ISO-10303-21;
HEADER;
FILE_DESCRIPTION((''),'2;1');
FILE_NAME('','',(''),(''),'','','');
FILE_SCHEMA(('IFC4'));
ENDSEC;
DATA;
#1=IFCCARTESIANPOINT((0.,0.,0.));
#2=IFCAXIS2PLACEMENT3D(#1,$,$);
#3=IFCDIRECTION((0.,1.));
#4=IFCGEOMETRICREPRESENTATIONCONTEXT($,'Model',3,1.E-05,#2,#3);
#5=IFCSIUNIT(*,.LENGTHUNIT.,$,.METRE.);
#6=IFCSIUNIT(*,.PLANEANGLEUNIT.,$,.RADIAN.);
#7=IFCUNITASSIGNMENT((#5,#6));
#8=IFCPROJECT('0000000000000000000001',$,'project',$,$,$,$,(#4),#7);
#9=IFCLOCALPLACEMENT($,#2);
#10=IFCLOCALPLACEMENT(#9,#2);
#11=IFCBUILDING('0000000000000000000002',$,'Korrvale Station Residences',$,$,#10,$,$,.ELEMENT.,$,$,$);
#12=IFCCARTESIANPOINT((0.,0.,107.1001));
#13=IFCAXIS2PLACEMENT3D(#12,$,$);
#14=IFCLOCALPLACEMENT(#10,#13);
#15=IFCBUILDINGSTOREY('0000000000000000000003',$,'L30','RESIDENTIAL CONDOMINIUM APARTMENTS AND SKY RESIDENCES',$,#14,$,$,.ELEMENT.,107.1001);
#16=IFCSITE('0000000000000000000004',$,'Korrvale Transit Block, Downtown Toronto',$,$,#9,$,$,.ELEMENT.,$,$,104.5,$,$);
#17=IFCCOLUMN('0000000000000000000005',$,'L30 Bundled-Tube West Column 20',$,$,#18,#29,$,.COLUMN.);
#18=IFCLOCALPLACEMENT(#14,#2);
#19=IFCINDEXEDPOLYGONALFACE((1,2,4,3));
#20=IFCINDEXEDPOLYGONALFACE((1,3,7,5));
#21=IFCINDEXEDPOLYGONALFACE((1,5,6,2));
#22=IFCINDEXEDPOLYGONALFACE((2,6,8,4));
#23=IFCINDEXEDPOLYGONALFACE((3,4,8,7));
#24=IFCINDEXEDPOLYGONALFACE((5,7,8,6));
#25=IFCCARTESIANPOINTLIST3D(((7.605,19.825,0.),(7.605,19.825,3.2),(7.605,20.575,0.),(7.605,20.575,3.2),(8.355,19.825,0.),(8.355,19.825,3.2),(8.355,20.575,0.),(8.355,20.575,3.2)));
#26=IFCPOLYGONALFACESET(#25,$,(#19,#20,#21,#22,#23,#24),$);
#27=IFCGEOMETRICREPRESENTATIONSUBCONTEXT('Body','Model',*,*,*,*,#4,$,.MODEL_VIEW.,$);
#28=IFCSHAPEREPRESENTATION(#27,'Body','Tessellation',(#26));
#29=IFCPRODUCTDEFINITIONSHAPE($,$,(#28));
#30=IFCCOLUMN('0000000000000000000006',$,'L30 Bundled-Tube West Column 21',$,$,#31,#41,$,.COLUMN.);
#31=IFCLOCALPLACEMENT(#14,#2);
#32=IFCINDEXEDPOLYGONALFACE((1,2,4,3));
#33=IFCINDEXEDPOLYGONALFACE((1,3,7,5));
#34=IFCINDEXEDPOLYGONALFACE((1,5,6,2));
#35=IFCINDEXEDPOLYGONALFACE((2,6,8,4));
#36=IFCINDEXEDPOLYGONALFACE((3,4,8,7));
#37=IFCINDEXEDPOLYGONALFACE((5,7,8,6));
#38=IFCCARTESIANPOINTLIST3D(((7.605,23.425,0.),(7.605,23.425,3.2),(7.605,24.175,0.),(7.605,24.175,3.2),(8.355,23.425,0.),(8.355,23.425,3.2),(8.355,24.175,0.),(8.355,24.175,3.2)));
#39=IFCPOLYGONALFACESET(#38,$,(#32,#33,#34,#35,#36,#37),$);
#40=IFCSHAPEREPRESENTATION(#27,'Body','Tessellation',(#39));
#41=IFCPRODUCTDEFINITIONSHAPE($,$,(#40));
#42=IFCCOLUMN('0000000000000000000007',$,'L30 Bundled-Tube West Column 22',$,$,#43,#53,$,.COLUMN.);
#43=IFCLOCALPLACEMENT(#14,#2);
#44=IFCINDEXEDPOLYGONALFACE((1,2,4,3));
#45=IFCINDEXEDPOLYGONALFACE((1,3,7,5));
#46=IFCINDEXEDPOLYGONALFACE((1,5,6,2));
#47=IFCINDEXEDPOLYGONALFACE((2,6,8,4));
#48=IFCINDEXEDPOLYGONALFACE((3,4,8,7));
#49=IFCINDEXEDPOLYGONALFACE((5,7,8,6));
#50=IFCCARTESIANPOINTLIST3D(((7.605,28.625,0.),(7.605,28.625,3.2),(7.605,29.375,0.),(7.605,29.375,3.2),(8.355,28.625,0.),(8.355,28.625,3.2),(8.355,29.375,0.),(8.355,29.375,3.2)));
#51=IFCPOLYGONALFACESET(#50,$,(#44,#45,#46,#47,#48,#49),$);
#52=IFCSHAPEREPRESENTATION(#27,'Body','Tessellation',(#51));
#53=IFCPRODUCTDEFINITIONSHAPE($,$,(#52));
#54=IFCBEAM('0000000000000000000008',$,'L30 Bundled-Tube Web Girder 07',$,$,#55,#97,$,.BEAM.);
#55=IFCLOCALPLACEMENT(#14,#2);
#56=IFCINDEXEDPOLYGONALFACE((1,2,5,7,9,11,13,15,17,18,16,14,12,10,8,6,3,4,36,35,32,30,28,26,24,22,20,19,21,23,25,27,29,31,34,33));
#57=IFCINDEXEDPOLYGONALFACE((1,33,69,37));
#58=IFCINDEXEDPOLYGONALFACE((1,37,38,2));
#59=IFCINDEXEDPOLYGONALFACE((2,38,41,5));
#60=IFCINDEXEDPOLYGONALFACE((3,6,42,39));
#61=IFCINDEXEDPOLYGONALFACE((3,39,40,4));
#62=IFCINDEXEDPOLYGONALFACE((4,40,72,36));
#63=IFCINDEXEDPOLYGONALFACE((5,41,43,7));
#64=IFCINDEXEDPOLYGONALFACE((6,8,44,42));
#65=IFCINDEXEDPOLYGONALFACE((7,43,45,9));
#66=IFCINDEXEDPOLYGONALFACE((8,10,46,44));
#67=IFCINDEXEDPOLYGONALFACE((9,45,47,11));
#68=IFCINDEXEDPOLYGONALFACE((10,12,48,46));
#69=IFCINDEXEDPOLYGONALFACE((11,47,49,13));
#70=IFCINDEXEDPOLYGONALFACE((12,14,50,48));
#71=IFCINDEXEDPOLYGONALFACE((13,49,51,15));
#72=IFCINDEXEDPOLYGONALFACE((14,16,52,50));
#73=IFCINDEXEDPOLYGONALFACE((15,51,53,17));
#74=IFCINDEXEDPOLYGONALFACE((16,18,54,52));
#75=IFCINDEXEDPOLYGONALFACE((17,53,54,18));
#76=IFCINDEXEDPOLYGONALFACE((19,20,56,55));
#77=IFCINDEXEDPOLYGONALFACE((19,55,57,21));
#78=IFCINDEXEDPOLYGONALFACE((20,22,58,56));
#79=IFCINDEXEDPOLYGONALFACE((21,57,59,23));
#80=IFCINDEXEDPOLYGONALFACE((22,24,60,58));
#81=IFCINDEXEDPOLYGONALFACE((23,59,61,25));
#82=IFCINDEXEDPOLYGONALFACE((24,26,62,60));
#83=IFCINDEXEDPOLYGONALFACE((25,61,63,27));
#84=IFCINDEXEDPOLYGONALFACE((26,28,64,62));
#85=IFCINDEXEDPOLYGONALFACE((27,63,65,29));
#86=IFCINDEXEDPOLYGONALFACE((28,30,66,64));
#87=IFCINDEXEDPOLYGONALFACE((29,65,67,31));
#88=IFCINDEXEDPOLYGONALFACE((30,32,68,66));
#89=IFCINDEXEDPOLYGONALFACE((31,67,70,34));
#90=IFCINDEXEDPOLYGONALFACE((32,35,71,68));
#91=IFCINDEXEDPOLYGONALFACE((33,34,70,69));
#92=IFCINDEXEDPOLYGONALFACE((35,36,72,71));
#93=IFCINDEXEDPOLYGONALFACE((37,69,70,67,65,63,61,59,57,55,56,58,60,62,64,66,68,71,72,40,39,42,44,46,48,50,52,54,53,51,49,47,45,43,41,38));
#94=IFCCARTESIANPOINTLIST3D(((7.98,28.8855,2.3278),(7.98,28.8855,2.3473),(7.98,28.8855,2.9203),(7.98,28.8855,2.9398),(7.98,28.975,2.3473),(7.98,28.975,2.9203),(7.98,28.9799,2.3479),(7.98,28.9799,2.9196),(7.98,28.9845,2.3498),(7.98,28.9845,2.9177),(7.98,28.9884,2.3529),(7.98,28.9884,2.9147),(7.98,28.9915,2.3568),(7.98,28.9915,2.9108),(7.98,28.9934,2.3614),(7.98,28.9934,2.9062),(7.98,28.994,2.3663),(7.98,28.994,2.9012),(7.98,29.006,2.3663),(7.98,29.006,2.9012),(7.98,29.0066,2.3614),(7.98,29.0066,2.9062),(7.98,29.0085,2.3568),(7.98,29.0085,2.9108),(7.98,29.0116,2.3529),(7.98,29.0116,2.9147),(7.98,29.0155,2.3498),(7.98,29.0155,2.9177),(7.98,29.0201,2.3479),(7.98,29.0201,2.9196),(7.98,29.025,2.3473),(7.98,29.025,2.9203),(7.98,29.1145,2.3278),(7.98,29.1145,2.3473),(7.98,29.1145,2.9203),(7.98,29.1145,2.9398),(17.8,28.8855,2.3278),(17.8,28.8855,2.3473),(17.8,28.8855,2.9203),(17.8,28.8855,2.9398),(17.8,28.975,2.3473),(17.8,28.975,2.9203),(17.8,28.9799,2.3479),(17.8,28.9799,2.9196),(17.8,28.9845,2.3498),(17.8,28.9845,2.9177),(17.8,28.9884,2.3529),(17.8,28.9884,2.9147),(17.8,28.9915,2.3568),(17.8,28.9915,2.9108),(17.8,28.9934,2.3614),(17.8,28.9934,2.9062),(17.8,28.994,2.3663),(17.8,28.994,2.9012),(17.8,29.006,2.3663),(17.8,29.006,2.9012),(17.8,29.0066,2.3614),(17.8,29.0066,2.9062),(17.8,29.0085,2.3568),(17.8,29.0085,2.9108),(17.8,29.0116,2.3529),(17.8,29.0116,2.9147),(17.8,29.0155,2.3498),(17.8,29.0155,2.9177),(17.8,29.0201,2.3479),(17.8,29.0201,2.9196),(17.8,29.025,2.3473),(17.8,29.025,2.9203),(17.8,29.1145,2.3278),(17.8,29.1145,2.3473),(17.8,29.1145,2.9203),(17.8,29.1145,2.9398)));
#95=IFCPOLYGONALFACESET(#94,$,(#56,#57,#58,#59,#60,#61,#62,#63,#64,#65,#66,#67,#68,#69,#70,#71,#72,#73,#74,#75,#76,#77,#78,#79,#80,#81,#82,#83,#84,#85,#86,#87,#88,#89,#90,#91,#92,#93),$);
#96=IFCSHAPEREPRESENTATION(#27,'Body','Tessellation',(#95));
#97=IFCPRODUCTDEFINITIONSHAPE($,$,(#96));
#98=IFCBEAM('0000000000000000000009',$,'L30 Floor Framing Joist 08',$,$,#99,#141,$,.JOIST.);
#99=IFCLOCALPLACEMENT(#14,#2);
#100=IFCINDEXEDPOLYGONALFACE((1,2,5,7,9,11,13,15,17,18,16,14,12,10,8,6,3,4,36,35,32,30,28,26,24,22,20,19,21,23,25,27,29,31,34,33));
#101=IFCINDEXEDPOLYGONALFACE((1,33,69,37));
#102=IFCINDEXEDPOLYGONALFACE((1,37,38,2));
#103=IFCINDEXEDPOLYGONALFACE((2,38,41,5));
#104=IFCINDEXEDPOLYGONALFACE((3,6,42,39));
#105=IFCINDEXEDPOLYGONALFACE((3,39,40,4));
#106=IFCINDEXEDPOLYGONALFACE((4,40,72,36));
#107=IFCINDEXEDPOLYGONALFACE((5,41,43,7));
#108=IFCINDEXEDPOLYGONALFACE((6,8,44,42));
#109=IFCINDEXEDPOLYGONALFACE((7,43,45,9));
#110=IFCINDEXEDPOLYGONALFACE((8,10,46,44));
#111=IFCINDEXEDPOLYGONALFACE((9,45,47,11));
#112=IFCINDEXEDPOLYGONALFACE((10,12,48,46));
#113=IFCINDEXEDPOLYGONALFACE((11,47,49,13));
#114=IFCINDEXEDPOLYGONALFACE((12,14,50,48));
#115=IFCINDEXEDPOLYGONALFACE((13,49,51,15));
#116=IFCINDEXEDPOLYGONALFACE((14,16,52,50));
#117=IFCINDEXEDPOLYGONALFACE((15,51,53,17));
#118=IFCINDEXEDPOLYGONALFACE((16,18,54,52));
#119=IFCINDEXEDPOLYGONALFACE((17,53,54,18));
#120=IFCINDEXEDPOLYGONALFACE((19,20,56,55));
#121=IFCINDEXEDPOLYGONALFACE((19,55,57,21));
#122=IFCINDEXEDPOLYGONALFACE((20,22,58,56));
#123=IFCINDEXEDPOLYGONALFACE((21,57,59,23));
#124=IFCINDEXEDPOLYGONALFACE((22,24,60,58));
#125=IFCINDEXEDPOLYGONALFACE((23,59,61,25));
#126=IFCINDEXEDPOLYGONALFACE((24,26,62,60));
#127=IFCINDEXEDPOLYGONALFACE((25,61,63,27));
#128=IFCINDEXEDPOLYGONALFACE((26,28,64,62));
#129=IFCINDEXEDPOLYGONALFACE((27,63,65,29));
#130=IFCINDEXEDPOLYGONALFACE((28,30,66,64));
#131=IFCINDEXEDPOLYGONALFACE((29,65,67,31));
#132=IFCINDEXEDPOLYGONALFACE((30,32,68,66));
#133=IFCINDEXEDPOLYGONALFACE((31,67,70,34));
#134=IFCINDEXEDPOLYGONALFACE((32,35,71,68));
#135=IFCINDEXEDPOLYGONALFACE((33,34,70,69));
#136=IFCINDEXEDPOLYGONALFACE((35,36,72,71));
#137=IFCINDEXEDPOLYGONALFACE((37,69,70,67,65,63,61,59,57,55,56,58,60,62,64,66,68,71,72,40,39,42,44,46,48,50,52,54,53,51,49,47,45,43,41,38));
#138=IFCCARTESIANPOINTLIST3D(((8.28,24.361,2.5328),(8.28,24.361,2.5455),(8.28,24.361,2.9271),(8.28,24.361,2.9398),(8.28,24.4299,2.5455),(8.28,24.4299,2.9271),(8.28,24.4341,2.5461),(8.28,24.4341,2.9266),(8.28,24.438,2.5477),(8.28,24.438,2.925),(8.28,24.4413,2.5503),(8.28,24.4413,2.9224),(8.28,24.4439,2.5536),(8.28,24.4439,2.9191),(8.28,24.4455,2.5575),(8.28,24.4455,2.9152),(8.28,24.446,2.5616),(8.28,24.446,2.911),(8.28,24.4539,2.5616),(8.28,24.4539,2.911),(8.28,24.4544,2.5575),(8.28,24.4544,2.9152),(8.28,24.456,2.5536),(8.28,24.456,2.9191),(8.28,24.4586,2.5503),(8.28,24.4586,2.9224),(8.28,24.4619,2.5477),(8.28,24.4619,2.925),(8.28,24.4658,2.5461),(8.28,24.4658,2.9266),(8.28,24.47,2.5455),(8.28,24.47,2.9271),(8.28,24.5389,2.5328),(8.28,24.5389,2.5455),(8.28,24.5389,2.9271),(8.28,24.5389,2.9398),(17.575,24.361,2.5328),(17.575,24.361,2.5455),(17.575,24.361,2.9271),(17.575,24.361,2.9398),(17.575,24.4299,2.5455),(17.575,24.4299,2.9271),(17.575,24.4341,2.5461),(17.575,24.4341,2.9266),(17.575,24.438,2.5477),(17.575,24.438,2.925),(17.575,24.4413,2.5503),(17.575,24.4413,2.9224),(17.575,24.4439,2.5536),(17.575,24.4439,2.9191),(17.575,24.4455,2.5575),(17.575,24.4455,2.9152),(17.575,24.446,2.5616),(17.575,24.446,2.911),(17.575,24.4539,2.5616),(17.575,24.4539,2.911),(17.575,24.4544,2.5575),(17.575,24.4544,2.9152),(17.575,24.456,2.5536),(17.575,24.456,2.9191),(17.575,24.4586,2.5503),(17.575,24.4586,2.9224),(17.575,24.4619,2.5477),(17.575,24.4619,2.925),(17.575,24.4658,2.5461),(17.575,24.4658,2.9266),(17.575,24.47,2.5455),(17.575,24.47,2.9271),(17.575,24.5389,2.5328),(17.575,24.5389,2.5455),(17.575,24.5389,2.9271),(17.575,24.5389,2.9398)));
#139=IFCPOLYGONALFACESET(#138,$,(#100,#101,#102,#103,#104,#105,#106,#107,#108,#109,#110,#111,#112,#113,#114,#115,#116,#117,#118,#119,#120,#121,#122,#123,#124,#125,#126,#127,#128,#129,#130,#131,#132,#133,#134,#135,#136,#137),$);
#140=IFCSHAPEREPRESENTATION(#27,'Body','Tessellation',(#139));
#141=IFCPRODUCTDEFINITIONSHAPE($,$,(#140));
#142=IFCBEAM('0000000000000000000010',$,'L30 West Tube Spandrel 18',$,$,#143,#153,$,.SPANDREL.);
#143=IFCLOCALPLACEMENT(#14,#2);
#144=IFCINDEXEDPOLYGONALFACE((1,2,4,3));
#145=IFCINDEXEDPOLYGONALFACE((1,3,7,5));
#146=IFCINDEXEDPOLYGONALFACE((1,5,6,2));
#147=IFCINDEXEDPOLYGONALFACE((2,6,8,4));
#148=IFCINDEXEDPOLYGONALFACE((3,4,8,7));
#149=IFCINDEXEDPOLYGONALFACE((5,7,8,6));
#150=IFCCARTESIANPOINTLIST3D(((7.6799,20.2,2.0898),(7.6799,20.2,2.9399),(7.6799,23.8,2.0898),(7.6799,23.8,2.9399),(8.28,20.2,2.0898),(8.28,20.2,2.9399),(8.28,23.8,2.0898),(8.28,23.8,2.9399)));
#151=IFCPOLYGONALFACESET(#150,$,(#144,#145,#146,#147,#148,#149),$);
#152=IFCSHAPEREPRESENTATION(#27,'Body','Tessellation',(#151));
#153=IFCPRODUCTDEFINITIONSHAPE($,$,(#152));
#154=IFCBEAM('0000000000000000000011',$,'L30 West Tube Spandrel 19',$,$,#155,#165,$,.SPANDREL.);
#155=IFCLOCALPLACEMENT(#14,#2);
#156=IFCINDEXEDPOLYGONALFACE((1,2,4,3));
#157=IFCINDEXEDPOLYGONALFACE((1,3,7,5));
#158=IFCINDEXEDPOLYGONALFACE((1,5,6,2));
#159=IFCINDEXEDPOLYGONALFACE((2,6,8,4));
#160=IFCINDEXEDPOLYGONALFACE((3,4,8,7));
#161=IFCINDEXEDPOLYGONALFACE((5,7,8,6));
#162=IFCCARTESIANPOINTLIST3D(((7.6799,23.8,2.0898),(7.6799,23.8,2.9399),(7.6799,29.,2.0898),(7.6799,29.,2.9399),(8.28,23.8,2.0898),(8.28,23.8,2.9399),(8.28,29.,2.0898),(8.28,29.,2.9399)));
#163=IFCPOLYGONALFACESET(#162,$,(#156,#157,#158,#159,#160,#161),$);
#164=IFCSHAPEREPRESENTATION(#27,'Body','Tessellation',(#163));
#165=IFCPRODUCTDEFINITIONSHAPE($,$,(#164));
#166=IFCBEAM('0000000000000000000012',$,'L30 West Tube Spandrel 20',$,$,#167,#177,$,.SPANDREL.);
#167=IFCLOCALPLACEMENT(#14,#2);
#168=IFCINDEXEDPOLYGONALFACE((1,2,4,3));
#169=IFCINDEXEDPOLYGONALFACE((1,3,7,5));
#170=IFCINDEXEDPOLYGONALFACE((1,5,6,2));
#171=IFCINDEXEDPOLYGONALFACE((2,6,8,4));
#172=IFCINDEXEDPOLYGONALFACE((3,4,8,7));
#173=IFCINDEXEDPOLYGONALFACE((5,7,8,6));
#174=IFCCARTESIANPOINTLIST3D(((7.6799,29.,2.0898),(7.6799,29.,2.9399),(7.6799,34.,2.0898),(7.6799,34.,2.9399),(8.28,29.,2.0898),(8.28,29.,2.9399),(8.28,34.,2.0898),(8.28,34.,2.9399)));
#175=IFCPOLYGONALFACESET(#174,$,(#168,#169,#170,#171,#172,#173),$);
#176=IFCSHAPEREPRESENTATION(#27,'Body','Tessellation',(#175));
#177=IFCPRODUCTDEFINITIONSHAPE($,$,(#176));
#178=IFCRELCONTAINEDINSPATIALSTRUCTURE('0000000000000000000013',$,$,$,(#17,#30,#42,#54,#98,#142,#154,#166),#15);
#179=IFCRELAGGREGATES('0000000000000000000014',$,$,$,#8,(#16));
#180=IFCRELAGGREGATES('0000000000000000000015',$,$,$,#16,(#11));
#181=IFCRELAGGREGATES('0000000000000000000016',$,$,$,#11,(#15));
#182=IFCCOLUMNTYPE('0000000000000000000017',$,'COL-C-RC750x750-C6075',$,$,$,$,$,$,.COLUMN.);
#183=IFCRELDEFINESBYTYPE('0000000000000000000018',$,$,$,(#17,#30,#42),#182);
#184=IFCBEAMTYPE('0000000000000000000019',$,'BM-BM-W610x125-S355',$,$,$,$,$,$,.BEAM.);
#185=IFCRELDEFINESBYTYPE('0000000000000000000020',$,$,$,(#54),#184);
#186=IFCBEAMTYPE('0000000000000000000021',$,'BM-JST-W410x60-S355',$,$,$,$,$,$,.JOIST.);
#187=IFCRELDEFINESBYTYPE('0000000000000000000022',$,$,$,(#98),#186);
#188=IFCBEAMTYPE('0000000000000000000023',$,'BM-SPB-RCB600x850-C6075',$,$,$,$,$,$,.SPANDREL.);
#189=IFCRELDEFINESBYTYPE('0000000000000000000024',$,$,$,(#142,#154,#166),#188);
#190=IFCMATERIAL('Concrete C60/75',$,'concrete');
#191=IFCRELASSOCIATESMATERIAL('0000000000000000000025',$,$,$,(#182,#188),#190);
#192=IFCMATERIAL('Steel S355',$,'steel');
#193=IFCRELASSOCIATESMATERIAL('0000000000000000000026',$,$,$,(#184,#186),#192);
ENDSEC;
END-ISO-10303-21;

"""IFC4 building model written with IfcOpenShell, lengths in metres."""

from ifc_helpers import new_model, si_unit, direction, frame, origin, origin_2d, place, context, subcontext, project, spatial, rectangle, i_section, extrude, material, material_profile, profile_set, type_object, element, save


model = new_model("IFC4")

# Units and contexts
model_context = context("Model", 3, precision=1e-05, world=origin(), true_north=direction((0.0, 1.0)))
body_context = subcontext(model_context, "Body", "Model", "MODEL_VIEW")
ifc_project = project(units=[si_unit("LENGTHUNIT", "METRE"), si_unit("PLANEANGLEUNIT", "RADIAN")], contexts=[model_context])

# Site, building, storey
site_placement = place(None, origin())
site = spatial("IfcSite", under=ifc_project, at=site_placement, Name="Korrvale Transit Block, Downtown Toronto", CompositionType="ELEMENT", RefElevation=104.5)
building_placement = place(site_placement, origin())
building = spatial("IfcBuilding", under=site, at=building_placement, Name="Korrvale Station Residences", CompositionType="ELEMENT")
storey_placement = place(building_placement, frame((0.0, 0.0, 107.1001)))
storey = spatial("IfcBuildingStorey", under=building, at=storey_placement, Name="L30", Description="RESIDENTIAL CONDOMINIUM APARTMENTS AND SKY RESIDENCES", CompositionType="ELEMENT", Elevation=107.1001)

# Columns
ifc_material_1 = material(Name="Concrete C60/75", Category="concrete")
ifc_material_profile_1 = material_profile(ifc_material_1, rectangle(XDim=0.75, YDim=0.75, at=origin_2d()), Name="RC750x750")
ifc_profile_set_1 = profile_set([ifc_material_profile_1], Name="Concrete C60/75")
column_type = type_object("IfcColumnType", Name="COL-C-RC750x750-C6075", PredefinedType="COLUMN", material=ifc_profile_set_1)
for number, where, z_axis, x_axis, name in (
    (1, (7.98, 20.2, 0.0), (0.0, 0.0, 1.0), (1.0, 0.0, 0.0), "L30 Bundled-Tube West Column 20"),
    (2, (7.98, 23.8, 0.0), (0.0, 0.0, 1.0), (1.0, 0.0, 0.0), "L30 Bundled-Tube West Column 21"),
    (3, (7.98, 29.0, 0.0), (0.0, 0.0, 1.0), (1.0, 0.0, 0.0), "L30 Bundled-Tube West Column 22"),
):
    element("IfcColumn", number, at=place(storey_placement, frame(where, z_axis=z_axis, x_axis=x_axis)), inside=storey, type_object=column_type, Name=name, PredefinedType="COLUMN", context=body_context, shape_type="SweptSolid", body=[
        extrude(rectangle(XDim=0.75, YDim=0.75, at=origin_2d()), origin(), (0.0, 0.0, 1.0), 3.2),
    ])

# Beams
ifc_material_2 = material(Name="Steel S355", Category="steel")
ifc_material_profile_2 = material_profile(ifc_material_2, i_section(OverallWidth=0.229, OverallDepth=0.6121, WebThickness=0.012, FlangeThickness=0.0195, FilletRadius=0.019, at=origin_2d()), Name="W610x125")
ifc_profile_set_2 = profile_set([ifc_material_profile_2], Name="Steel S355")
beam_type_1 = type_object("IfcBeamType", Name="BM-BM-W610x125-S355", PredefinedType="BEAM", material=ifc_profile_set_2)
beam_1_placement = place(storey_placement, frame((7.98, 29.0, 2.6338), z_axis=(1.0, 0.0, 0.0), x_axis=(0.0, 1.0, 0.0)))
element("IfcBeam", 4, at=beam_1_placement, inside=storey, type_object=beam_type_1, Name="L30 Bundled-Tube Web Girder 07", PredefinedType="BEAM", context=body_context, shape_type="SweptSolid", body=[
    extrude(i_section(OverallWidth=0.229, OverallDepth=0.6121, WebThickness=0.012, FlangeThickness=0.0195, FilletRadius=0.019, at=origin_2d()), origin(), (0.0, 0.0, 1.0), 9.8201),
])
ifc_material_profile_3 = material_profile(ifc_material_2, i_section(OverallWidth=0.178, OverallDepth=0.407, WebThickness=0.0078, FlangeThickness=0.0127, FilletRadius=0.0161, at=origin_2d()), Name="W410x60")
ifc_profile_set_3 = profile_set([ifc_material_profile_3], Name="Steel S355")
beam_type_2 = type_object("IfcBeamType", Name="BM-JST-W410x60-S355", PredefinedType="JOIST", material=ifc_profile_set_3)
beam_2_placement = place(storey_placement, frame((8.28, 24.45, 2.7363), z_axis=(1.0, 0.0, 0.0), x_axis=(0.0, 1.0, 0.0)))
element("IfcBeam", 5, at=beam_2_placement, inside=storey, type_object=beam_type_2, Name="L30 Floor Framing Joist 08", PredefinedType="JOIST", context=body_context, shape_type="SweptSolid", body=[
    extrude(i_section(OverallWidth=0.178, OverallDepth=0.407, WebThickness=0.0078, FlangeThickness=0.0127, FilletRadius=0.0161, at=origin_2d()), origin(), (0.0, 0.0, 1.0), 9.2949),
])
ifc_material_profile_4 = material_profile(ifc_material_1, rectangle(XDim=0.6001, YDim=0.8501, at=origin_2d()), Name="RCB600x850")
ifc_profile_set_4 = profile_set([ifc_material_profile_4], Name="Concrete C60/75")
beam_type_3 = type_object("IfcBeamType", Name="BM-SPB-RCB600x850-C6075", PredefinedType="SPANDREL", material=ifc_profile_set_4)
beam_3_placement = place(storey_placement, frame((7.98, 20.2, 2.5149), z_axis=(0.0, 1.0, 0.0), x_axis=(-1.0, 0.0, 0.0)))
element("IfcBeam", 6, at=beam_3_placement, inside=storey, type_object=beam_type_3, Name="L30 West Tube Spandrel 18", PredefinedType="SPANDREL", context=body_context, shape_type="SweptSolid", body=[
    extrude(rectangle(XDim=0.6001, YDim=0.8501, at=origin_2d()), origin(), (0.0, 0.0, 1.0), 3.6001),
])
beam_4_placement = place(storey_placement, frame((7.98, 23.8, 2.5149), z_axis=(0.0, 1.0, 0.0), x_axis=(-1.0, 0.0, 0.0)))
element("IfcBeam", 7, at=beam_4_placement, inside=storey, type_object=beam_type_3, Name="L30 West Tube Spandrel 19", PredefinedType="SPANDREL", context=body_context, shape_type="SweptSolid", body=[
    extrude(rectangle(XDim=0.6001, YDim=0.8501, at=origin_2d()), origin(), (0.0, 0.0, 1.0), 5.2),
])
beam_5_placement = place(storey_placement, frame((7.98, 29.0, 2.5149), z_axis=(0.0, 1.0, 0.0), x_axis=(-1.0, 0.0, 0.0)))
element("IfcBeam", 8, at=beam_5_placement, inside=storey, type_object=beam_type_3, Name="L30 West Tube Spandrel 20", PredefinedType="SPANDREL", context=body_context, shape_type="SweptSolid", body=[
    extrude(rectangle(XDim=0.6001, YDim=0.8501, at=origin_2d()), origin(), (0.0, 0.0, 1.0), 5.0),
])

save(model, "model.ifc")
